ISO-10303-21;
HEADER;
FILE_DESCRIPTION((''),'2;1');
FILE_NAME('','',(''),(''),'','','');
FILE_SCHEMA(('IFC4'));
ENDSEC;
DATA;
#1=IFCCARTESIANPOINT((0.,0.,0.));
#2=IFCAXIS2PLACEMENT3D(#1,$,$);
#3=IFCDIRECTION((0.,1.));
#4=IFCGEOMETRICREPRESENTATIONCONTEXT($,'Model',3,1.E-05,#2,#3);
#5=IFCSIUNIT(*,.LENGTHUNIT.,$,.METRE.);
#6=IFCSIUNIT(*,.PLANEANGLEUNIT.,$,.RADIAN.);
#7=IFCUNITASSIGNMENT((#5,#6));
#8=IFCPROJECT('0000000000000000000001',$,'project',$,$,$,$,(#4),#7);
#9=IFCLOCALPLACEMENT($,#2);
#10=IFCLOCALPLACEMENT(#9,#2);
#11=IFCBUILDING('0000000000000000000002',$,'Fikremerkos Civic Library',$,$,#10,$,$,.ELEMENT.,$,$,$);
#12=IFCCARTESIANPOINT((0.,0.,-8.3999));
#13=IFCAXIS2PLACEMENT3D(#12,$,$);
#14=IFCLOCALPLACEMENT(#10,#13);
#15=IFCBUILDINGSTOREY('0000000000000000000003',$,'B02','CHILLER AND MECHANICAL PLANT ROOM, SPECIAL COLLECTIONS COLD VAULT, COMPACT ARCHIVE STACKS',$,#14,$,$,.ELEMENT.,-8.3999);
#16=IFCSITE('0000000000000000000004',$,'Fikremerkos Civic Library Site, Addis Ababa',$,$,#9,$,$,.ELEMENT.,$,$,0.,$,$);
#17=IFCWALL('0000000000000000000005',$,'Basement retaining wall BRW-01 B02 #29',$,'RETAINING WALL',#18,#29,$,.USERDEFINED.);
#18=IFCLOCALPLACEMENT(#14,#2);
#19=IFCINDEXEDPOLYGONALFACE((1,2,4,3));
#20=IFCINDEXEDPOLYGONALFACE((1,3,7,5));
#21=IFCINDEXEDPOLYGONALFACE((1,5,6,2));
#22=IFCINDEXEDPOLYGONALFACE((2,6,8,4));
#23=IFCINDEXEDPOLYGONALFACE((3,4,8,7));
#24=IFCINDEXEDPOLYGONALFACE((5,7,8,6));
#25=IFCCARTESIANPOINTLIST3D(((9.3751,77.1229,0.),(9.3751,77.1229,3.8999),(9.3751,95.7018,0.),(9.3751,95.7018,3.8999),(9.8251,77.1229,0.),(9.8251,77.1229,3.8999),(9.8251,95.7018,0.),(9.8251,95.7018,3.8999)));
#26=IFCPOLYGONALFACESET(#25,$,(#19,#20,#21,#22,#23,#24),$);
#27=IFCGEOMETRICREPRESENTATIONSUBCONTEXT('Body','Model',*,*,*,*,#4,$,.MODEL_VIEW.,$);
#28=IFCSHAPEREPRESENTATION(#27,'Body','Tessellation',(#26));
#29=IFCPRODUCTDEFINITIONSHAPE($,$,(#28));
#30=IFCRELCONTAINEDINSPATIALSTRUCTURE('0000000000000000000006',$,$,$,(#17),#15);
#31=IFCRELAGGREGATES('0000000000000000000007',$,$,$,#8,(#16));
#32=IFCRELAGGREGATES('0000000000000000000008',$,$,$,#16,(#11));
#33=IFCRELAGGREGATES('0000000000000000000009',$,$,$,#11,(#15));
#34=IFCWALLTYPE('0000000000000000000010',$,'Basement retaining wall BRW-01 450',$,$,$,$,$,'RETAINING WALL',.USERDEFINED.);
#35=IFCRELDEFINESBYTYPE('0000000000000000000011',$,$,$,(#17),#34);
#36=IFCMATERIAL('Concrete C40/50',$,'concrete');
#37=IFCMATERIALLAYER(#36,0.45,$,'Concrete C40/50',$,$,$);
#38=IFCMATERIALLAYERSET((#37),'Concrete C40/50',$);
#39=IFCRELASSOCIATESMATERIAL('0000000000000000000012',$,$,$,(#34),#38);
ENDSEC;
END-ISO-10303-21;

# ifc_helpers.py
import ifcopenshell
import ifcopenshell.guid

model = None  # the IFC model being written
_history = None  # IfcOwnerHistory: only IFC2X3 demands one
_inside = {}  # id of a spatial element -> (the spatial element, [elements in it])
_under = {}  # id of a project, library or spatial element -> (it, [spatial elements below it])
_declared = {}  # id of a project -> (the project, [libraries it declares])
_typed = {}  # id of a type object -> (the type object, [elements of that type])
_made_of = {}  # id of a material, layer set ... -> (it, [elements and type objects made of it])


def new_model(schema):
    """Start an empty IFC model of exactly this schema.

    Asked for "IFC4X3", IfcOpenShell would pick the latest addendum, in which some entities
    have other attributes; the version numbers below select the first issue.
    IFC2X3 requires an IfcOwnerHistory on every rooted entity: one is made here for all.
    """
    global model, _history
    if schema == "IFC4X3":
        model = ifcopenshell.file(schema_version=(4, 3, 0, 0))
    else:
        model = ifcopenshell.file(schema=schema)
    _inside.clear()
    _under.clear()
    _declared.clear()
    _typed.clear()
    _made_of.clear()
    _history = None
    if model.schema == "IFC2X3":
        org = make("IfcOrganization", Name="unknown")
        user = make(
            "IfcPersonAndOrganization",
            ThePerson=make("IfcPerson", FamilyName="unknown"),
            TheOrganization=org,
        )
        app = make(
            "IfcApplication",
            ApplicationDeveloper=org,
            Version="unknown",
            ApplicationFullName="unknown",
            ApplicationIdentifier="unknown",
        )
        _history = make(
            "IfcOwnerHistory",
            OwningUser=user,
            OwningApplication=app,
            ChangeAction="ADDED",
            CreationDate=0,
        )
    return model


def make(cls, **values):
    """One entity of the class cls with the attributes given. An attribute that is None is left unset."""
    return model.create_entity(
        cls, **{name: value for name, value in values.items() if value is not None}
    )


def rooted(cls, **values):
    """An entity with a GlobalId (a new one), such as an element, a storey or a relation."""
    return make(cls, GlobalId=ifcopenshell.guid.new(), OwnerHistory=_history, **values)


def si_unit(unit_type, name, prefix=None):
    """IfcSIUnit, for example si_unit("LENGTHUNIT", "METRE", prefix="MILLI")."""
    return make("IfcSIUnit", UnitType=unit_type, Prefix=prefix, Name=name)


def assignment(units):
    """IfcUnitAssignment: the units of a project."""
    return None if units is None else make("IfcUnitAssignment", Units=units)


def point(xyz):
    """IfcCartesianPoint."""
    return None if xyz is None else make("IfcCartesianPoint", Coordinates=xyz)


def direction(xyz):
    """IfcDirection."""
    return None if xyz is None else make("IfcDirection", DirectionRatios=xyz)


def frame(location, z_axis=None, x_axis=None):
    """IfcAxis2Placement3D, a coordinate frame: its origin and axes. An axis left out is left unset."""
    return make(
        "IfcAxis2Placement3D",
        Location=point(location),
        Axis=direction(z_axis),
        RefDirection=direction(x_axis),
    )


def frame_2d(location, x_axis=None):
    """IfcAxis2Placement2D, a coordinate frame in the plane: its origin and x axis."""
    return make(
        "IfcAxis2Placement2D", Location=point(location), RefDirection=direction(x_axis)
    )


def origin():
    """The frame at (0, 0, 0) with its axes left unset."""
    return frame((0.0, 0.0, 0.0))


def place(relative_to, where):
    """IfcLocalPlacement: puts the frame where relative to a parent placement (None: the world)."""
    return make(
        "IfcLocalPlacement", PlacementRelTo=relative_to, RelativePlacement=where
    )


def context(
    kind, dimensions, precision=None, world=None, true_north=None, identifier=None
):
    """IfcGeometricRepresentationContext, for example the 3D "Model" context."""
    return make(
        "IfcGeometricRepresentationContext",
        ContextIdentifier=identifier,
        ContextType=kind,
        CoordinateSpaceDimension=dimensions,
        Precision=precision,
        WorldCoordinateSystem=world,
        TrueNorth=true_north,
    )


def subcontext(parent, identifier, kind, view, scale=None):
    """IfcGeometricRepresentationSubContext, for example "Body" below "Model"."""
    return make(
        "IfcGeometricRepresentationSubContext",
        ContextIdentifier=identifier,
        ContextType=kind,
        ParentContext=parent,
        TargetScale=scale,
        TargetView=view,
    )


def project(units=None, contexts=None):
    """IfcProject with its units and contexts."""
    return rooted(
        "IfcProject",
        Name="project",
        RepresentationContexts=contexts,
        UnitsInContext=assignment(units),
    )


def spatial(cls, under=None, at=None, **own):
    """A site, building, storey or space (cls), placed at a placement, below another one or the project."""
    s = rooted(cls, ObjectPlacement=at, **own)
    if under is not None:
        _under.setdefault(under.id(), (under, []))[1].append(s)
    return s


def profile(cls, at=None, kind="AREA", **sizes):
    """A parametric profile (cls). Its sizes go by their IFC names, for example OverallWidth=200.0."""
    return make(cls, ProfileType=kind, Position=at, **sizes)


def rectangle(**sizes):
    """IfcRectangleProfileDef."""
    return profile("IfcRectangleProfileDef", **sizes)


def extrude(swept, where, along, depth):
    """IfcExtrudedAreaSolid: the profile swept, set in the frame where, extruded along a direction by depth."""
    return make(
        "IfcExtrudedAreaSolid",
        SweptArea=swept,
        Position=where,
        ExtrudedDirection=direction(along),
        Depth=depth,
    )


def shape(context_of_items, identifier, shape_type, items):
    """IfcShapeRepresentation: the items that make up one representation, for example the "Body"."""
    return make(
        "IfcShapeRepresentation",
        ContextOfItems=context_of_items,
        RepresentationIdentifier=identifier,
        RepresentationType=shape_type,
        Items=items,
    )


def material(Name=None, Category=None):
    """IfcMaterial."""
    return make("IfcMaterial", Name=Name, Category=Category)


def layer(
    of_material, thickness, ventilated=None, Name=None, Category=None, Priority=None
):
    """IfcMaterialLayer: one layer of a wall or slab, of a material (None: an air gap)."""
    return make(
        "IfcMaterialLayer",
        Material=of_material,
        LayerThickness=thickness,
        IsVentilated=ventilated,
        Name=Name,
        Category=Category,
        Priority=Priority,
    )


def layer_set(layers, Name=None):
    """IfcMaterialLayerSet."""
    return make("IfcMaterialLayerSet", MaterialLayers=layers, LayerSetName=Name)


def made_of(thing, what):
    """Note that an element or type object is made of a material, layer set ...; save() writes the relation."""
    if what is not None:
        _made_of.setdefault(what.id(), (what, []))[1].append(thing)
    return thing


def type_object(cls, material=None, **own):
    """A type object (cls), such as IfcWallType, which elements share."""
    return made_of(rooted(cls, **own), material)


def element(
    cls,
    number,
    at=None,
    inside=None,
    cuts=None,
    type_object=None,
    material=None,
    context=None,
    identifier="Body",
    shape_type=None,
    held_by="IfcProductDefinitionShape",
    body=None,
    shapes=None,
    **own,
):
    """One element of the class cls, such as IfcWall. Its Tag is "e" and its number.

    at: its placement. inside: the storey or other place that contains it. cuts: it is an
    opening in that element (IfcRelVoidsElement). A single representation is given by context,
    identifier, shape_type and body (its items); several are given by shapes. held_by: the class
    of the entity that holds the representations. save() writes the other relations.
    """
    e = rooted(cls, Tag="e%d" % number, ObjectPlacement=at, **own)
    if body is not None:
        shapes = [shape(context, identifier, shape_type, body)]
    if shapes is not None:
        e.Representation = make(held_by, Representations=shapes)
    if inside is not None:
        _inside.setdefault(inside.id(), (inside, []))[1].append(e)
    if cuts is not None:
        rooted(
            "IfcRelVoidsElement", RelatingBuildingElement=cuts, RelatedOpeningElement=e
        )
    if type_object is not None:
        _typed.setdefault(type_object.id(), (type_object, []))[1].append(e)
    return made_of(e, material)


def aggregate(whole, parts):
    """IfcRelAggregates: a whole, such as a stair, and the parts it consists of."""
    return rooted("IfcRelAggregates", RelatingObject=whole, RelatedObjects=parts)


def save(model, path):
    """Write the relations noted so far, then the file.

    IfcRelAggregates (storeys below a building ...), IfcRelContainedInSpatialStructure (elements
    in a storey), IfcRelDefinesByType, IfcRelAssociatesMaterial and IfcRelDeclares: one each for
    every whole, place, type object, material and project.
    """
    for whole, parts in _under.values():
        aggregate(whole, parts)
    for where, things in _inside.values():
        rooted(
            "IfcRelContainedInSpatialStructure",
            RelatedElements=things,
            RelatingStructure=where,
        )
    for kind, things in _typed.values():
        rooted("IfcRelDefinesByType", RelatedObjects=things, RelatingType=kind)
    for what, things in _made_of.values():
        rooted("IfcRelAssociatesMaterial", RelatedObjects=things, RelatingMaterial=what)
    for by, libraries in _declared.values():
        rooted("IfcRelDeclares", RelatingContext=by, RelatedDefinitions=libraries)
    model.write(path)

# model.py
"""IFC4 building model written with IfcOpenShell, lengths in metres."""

from ifc_helpers import new_model, si_unit, direction, frame, frame_2d, origin, place, context, subcontext, project, spatial, rectangle, extrude, material, layer, layer_set, type_object, element, save


model = new_model("IFC4")

# Units and contexts
model_context = context("Model", 3, precision=1e-05, world=origin(), true_north=direction((0.0, 1.0)))
body_context = subcontext(model_context, "Body", "Model", "MODEL_VIEW")
ifc_project = project(units=[si_unit("LENGTHUNIT", "METRE"), si_unit("PLANEANGLEUNIT", "RADIAN")], contexts=[model_context])

# Site, building, storey
site_placement = place(None, origin())
site = spatial("IfcSite", under=ifc_project, at=site_placement, Name="Fikremerkos Civic Library Site, Addis Ababa", CompositionType="ELEMENT", RefElevation=0.0)
building_placement = place(site_placement, origin())
building = spatial("IfcBuilding", under=site, at=building_placement, Name="Fikremerkos Civic Library", CompositionType="ELEMENT")
storey_placement = place(building_placement, frame((0.0, 0.0, -8.3999)))
storey = spatial("IfcBuildingStorey", under=building, at=storey_placement, Name="B02", Description="CHILLER AND MECHANICAL PLANT ROOM, SPECIAL COLLECTIONS COLD VAULT, COMPACT ARCHIVE STACKS", CompositionType="ELEMENT", Elevation=-8.3999)

# Shared definitions
ifc_material_1 = material(Name="Concrete C40/50", Category="concrete")

# Wall
ifc_layer = layer(ifc_material_1, 0.45, Name="Concrete C40/50")
ifc_layer_set = layer_set([ifc_layer], Name="Concrete C40/50")
wall_type = type_object("IfcWallType", Name="Basement retaining wall BRW-01 450", ElementType="RETAINING WALL", PredefinedType="USERDEFINED", material=ifc_layer_set)
wall_1_placement = place(storey_placement, frame((9.6001, 95.7019, 0.0), z_axis=(0.0, 0.0, 1.0), x_axis=(0.0, -1.0, 0.0)))
element("IfcWall", 1, at=wall_1_placement, inside=storey, type_object=wall_type, Name="Basement retaining wall BRW-01 B02 #29", ObjectType="RETAINING WALL", PredefinedType="USERDEFINED", context=body_context, shape_type="SweptSolid", body=[
    extrude(rectangle(XDim=18.5789, YDim=0.45, at=frame_2d((9.2896, 0.0))), origin(), (0.0, 0.0, 1.0), 3.8999),
])

save(model, "model.ifc")
